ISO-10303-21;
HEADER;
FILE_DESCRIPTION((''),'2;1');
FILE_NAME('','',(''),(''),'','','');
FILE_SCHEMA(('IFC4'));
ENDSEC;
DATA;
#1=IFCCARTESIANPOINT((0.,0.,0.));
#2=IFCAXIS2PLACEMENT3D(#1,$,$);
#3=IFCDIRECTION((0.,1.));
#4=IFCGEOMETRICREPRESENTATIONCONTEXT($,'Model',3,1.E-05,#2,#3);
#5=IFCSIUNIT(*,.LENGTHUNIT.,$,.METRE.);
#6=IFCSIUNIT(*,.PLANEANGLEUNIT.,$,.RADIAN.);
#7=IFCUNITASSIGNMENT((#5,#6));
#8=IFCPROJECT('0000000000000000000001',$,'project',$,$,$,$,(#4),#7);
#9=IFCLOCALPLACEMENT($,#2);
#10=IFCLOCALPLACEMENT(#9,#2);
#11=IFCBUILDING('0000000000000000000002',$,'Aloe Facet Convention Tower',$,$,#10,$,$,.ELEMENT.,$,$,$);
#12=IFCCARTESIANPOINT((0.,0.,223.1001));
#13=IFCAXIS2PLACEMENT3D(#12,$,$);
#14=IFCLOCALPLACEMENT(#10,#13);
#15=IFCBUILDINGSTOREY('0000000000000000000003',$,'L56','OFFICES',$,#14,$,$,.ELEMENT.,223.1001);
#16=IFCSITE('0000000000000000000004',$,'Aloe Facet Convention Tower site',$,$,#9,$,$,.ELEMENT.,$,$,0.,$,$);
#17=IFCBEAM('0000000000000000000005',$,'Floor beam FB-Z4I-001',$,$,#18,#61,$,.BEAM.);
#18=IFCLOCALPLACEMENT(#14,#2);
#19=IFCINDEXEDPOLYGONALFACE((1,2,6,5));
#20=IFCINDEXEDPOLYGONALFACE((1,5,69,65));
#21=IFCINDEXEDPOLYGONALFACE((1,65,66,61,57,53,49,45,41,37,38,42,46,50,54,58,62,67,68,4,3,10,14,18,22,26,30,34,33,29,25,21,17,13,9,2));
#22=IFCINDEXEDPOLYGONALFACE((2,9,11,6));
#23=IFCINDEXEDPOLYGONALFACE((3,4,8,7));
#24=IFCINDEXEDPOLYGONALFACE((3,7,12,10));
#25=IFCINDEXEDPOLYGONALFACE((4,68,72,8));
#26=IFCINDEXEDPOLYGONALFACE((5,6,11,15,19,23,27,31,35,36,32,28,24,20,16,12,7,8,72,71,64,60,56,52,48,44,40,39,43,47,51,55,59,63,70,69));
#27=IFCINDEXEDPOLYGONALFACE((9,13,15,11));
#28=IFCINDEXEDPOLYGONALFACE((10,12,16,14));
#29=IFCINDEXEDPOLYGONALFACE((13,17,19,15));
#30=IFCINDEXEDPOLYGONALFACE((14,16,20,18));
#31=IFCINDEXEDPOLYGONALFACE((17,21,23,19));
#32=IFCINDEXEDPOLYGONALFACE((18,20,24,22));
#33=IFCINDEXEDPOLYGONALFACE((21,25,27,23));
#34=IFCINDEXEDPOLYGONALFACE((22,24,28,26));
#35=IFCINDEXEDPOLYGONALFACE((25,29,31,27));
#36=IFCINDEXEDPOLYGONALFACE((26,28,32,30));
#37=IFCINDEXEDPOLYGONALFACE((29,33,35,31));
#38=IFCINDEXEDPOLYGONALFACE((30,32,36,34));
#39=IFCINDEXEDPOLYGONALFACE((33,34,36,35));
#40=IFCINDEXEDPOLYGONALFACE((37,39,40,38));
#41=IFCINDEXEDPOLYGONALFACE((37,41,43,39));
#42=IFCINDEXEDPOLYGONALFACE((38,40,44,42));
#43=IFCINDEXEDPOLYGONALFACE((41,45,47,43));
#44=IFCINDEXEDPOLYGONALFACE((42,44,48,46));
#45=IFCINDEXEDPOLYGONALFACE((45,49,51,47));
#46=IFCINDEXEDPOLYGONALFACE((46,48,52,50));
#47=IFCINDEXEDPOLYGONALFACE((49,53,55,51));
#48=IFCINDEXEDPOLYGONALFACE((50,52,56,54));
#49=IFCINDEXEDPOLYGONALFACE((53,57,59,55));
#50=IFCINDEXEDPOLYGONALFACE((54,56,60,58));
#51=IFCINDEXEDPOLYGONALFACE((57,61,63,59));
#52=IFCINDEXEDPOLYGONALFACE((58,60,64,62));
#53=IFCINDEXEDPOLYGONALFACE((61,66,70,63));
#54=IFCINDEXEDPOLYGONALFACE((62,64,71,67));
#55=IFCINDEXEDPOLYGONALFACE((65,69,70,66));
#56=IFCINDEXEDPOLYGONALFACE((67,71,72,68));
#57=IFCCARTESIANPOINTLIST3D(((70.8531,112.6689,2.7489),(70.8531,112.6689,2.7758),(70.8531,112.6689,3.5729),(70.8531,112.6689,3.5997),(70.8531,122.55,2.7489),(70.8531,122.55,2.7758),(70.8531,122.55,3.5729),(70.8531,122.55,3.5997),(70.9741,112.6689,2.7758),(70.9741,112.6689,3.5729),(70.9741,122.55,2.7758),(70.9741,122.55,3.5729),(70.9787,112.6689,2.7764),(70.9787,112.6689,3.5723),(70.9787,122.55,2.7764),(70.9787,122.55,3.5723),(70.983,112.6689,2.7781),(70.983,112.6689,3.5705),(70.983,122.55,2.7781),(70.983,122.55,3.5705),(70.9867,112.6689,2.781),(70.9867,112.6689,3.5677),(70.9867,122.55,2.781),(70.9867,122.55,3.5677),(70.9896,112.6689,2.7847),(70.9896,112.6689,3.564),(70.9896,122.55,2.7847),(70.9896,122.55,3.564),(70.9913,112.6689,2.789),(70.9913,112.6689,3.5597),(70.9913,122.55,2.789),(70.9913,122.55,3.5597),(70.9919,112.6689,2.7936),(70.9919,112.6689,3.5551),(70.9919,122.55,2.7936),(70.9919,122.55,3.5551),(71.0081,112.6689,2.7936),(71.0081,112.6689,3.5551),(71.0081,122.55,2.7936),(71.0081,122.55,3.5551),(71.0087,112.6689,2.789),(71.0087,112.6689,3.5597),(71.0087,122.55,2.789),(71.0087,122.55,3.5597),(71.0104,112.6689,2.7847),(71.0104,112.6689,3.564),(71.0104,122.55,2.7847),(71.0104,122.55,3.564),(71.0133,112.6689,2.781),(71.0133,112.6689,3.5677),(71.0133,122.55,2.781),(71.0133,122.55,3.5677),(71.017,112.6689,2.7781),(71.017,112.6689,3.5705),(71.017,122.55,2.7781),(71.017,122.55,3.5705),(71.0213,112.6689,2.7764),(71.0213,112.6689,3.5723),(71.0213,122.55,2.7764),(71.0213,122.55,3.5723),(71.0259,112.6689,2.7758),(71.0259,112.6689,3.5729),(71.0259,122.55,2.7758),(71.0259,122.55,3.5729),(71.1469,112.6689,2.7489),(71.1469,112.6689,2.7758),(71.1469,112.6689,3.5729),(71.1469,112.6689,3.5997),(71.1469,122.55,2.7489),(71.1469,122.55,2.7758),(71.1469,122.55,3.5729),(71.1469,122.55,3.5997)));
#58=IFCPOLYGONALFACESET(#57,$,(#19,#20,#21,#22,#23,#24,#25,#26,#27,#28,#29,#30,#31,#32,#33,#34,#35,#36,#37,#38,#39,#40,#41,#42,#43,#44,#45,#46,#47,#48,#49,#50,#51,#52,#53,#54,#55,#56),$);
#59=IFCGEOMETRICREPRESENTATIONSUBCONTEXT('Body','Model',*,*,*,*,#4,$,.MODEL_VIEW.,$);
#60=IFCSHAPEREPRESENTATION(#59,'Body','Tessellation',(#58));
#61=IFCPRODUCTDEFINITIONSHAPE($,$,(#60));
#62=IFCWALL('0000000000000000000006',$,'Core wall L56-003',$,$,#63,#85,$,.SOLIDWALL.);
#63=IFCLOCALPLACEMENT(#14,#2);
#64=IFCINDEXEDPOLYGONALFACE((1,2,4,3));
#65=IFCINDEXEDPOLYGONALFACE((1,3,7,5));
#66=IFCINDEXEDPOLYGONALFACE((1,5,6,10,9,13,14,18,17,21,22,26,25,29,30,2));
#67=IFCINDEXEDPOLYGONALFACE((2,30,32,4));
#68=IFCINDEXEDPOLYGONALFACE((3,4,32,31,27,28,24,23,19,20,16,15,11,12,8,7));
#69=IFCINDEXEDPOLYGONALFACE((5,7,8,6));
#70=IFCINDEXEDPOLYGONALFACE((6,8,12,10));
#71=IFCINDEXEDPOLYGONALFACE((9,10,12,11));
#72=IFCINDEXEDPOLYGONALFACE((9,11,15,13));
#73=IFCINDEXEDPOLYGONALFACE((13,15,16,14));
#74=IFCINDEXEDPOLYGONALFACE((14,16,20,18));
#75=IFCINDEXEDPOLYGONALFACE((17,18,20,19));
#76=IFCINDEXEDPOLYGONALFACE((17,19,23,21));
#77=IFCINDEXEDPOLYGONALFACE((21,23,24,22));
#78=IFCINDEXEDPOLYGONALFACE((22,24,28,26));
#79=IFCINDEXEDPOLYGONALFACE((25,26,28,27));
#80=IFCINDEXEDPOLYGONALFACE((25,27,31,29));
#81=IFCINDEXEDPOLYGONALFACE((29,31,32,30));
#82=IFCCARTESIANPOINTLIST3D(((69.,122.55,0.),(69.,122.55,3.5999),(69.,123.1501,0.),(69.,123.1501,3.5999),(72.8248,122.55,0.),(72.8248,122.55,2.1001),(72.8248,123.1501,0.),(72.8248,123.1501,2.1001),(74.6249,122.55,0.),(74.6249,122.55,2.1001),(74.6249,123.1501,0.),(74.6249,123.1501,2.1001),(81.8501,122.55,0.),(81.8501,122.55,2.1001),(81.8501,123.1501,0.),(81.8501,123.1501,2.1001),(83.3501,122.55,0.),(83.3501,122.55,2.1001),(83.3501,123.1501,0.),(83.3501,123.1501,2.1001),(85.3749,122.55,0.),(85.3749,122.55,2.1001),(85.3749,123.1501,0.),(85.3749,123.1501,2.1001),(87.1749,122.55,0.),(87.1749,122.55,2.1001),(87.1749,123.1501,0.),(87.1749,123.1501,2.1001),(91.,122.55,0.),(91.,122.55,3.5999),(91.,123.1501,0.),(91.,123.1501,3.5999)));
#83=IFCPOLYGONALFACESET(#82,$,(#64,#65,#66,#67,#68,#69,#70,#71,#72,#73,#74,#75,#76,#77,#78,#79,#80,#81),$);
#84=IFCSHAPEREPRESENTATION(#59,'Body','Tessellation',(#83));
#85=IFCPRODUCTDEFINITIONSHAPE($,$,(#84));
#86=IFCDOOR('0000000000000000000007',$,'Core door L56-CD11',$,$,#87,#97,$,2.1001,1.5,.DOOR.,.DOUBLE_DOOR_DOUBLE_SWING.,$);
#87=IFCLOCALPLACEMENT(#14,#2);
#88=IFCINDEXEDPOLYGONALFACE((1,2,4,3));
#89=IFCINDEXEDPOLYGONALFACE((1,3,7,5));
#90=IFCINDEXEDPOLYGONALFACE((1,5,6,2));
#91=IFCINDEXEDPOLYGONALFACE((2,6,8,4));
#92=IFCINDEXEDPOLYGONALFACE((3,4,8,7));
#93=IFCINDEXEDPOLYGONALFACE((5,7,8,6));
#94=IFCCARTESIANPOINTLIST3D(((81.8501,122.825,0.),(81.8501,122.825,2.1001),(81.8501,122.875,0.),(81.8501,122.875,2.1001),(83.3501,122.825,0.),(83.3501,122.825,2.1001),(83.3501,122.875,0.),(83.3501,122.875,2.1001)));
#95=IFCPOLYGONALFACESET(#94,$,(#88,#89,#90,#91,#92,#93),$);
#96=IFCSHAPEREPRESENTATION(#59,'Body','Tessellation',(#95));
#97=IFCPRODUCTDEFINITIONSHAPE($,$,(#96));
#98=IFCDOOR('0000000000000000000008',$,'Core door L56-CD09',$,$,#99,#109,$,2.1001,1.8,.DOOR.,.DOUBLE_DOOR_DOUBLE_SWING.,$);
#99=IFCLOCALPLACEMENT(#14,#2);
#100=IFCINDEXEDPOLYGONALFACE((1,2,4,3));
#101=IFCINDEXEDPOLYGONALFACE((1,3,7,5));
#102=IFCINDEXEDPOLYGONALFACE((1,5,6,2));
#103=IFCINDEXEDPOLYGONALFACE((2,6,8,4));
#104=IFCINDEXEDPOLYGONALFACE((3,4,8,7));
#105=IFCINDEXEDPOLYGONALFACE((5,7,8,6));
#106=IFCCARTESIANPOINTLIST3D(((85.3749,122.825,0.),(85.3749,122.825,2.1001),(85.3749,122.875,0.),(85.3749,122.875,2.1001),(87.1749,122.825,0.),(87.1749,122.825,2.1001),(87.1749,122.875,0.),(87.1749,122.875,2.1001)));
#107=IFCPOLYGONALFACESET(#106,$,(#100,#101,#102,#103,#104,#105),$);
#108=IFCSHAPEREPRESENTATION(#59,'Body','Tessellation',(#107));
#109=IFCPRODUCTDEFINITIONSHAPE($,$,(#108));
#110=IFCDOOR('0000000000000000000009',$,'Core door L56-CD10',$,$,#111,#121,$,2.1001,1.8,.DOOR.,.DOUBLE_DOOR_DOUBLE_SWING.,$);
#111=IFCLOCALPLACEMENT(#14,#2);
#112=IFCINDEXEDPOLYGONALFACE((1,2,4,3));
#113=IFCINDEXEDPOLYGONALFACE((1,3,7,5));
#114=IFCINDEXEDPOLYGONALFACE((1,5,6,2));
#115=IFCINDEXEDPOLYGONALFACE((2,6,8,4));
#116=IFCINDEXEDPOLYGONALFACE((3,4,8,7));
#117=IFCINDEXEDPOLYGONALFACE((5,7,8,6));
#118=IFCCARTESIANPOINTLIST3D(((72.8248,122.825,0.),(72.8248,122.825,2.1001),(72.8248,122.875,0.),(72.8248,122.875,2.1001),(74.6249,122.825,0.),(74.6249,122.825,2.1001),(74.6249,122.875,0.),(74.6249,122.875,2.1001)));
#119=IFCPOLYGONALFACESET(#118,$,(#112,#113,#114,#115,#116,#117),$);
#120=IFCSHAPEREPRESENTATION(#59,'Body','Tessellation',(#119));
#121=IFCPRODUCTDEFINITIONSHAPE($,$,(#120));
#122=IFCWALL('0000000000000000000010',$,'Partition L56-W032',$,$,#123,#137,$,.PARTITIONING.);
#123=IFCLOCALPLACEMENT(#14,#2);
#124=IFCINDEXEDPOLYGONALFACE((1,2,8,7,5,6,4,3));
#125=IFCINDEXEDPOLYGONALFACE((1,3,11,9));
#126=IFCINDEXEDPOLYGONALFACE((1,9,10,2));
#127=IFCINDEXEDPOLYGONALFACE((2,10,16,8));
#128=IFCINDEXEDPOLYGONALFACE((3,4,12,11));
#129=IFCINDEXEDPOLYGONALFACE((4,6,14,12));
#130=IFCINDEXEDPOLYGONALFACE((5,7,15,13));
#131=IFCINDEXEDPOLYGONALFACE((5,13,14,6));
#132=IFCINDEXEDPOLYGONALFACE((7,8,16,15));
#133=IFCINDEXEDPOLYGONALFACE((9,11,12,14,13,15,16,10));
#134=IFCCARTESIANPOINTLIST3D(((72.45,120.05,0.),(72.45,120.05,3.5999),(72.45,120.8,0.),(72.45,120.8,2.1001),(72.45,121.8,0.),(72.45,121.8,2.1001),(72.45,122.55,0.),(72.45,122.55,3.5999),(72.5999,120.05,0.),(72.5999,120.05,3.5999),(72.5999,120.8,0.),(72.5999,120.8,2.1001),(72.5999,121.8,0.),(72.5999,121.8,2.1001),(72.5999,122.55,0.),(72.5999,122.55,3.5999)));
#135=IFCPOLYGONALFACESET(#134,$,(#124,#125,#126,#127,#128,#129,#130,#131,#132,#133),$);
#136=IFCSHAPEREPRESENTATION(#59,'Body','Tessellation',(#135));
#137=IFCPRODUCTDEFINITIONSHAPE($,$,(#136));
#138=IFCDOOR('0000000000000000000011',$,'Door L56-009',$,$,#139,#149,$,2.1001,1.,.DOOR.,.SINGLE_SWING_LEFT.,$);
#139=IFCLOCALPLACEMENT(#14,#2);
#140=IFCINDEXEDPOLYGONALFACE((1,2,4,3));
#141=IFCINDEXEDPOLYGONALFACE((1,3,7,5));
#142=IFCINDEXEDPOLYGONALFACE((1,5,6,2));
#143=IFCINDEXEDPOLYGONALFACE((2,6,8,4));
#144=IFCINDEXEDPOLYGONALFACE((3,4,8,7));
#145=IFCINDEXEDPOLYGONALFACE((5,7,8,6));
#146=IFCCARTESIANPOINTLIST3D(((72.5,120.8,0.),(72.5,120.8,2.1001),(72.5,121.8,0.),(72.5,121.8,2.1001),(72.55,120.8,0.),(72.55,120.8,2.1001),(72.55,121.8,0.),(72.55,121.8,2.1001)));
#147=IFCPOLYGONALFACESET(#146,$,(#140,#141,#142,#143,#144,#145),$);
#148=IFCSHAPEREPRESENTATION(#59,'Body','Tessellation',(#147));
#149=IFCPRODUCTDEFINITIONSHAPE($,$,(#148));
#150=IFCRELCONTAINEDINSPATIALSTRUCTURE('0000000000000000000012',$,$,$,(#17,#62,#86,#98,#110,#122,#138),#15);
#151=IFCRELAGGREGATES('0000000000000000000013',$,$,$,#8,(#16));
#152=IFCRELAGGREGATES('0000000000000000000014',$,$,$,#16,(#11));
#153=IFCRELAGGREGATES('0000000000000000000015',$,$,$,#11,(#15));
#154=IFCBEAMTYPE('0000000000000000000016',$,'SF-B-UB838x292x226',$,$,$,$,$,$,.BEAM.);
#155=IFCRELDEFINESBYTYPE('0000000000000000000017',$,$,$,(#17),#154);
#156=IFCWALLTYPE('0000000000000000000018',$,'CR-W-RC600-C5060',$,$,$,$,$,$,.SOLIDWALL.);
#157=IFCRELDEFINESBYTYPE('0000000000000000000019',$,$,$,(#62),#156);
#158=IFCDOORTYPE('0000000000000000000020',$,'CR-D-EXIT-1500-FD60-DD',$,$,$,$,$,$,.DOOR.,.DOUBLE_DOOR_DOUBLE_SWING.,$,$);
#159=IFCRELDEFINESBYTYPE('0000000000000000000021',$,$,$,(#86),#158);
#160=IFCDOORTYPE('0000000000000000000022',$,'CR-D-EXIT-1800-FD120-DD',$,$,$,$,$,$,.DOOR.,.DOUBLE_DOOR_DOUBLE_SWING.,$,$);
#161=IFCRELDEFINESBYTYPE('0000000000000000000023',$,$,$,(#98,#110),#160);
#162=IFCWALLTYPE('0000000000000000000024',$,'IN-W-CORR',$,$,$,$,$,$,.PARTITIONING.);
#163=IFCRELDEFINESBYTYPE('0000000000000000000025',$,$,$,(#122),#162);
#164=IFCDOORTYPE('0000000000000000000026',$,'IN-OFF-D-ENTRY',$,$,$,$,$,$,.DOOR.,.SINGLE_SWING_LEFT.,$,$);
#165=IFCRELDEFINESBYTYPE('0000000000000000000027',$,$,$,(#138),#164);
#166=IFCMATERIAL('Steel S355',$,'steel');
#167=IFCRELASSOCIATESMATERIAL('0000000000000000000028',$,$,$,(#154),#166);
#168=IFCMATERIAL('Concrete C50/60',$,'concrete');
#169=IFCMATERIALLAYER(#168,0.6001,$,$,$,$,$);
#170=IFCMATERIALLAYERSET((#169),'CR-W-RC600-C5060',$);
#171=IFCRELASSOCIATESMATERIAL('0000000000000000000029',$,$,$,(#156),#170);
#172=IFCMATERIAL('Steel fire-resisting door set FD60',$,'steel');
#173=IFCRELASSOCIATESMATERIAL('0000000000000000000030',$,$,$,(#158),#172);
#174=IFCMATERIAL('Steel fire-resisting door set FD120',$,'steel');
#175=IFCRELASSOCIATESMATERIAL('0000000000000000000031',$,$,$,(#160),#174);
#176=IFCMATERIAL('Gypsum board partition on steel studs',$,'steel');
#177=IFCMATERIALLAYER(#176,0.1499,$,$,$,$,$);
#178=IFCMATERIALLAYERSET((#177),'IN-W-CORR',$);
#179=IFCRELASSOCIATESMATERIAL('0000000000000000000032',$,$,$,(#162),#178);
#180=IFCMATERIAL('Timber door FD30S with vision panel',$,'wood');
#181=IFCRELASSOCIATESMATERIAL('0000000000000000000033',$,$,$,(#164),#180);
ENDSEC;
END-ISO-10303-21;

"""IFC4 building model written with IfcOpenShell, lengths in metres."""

from ifc_helpers import new_model, si_unit, direction, frame, frame_2d, origin, origin_2d, place, context, subcontext, project, spatial, rectangle, i_section, extrude, material, layer, layer_set, material_profile, profile_set, type_object, element, fill, save


model = new_model("IFC4")

# Units and contexts
model_context = context("Model", 3, precision=1e-05, world=origin(), true_north=direction((0.0, 1.0)))
body_context = subcontext(model_context, "Body", "Model", "MODEL_VIEW")
ifc_project = project(units=[si_unit("LENGTHUNIT", "METRE"), si_unit("PLANEANGLEUNIT", "RADIAN")], contexts=[model_context])

# Site, building, storey
site_placement = place(None, origin())
site = spatial("IfcSite", under=ifc_project, at=site_placement, Name="Aloe Facet Convention Tower site", CompositionType="ELEMENT", RefElevation=0.0)
building_placement = place(site_placement, origin())
building = spatial("IfcBuilding", under=site, at=building_placement, Name="Aloe Facet Convention Tower", CompositionType="ELEMENT")
storey_placement = place(building_placement, frame((0.0, 0.0, 223.1001)))
storey = spatial("IfcBuildingStorey", under=building, at=storey_placement, Name="L56", Description="OFFICES", CompositionType="ELEMENT", Elevation=223.1001)

# Beam
ifc_material_1 = material(Name="Steel S355", Category="steel")
ifc_material_profile_1 = material_profile(ifc_material_1, i_section(OverallWidth=0.2937, OverallDepth=0.8508, WebThickness=0.0161, FlangeThickness=0.0269, FilletRadius=0.0178, at=origin_2d()), Name="UB 838x292x226")
ifc_profile_set_1 = profile_set([ifc_material_profile_1], Name="Steel S355")
beam_type_1 = type_object("IfcBeamType", Name="SF-B-UB838x292x226", PredefinedType="BEAM", material=ifc_profile_set_1)
beam_1_placement = place(storey_placement, frame((71.0, 122.55, 3.1743), z_axis=(0.0, -1.0, 0.0), x_axis=(1.0, 0.0, 0.0)))
element("IfcBeam", 1, at=beam_1_placement, inside=storey, type_object=beam_type_1, Name="Floor beam FB-Z4I-001", PredefinedType="BEAM", context=body_context, shape_type="SweptSolid", body=[
    extrude(i_section(OverallWidth=0.2937, OverallDepth=0.8508, WebThickness=0.0161, FlangeThickness=0.0269, FilletRadius=0.0178, at=origin_2d()), origin(), (0.0, 0.0, 1.0), 9.8811),
])

# Wall, openings, doors
ifc_material_2 = material(Name="Concrete C50/60", Category="concrete")
ifc_layer_1 = layer(ifc_material_2, 0.6001)
ifc_layer_set_1 = layer_set([ifc_layer_1], Name="CR-W-RC600-C5060")
wall_type_1 = type_object("IfcWallType", Name="CR-W-RC600-C5060", PredefinedType="SOLIDWALL", material=ifc_layer_set_1)
wall_1_placement = place(storey_placement, frame((69.0, 122.8501, 0.0), z_axis=(0.0, 0.0, 1.0), x_axis=(1.0, 0.0, 0.0)))
wall_1 = element("IfcWall", 2, at=wall_1_placement, inside=storey, type_object=wall_type_1, Name="Core wall L56-003", PredefinedType="SOLIDWALL", context=body_context, shape_type="SweptSolid", body=[
    extrude(rectangle(XDim=22.0, YDim=0.6001, at=frame_2d((11.0, 0.0))), origin(), (0.0, 0.0, 1.0), 3.5999),
])
opening_1_placement = place(wall_1_placement, frame((16.375, 0.0, 0.0)))
opening_1 = element("IfcOpeningElement", 3, at=opening_1_placement, cuts=wall_1, PredefinedType="OPENING", context=body_context, shape_type="SweptSolid", body=[
    extrude(rectangle(XDim=1.8, YDim=2.1001, at=frame_2d((0.8999, 1.05))), frame((0.0, 0.3101, 0.0), z_axis=(0.0, -1.0, 0.0), x_axis=(1.0, 0.0, 0.0)), (0.0, 0.0, 1.0), 0.6201),
])
opening_2_placement = place(wall_1_placement, frame((3.825, 0.0, 0.0)))
opening_2 = element("IfcOpeningElement", 4, at=opening_2_placement, cuts=wall_1, PredefinedType="OPENING", context=body_context, shape_type="SweptSolid", body=[
    extrude(rectangle(XDim=1.8, YDim=2.1001, at=frame_2d((0.8999, 1.05))), frame((0.0, 0.3101, 0.0), z_axis=(0.0, -1.0, 0.0), x_axis=(1.0, 0.0, 0.0)), (0.0, 0.0, 1.0), 0.6201),
])
opening_3_placement = place(wall_1_placement, frame((12.8501, 0.0, 0.0)))
opening_3 = element("IfcOpeningElement", 5, at=opening_3_placement, cuts=wall_1, PredefinedType="OPENING", context=body_context, shape_type="SweptSolid", body=[
    extrude(rectangle(XDim=1.5, YDim=2.1001, at=frame_2d((0.75, 1.05))), frame((0.0, 0.3101, 0.0), z_axis=(0.0, -1.0, 0.0), x_axis=(1.0, 0.0, 0.0)), (0.0, 0.0, 1.0), 0.6201),
])
ifc_material_3 = material(Name="Steel fire-resisting door set FD60", Category="steel")
door_type_1 = type_object("IfcDoorType", Name="CR-D-EXIT-1500-FD60-DD", OperationType="DOUBLE_DOOR_DOUBLE_SWING", PredefinedType="DOOR", material=ifc_material_3)
door_1_placement = place(opening_3_placement, origin())
door_1 = element("IfcDoor", 6, at=door_1_placement, inside=storey, type_object=door_type_1, Name="Core door L56-CD11", OperationType="DOUBLE_DOOR_DOUBLE_SWING", OverallHeight=2.1001, OverallWidth=1.5, PredefinedType="DOOR", context=body_context, shape_type="SweptSolid", body=[
    extrude(rectangle(XDim=1.5, YDim=2.1001, at=frame_2d((0.75, 1.05))), frame((0.0, 0.0249, 0.0), z_axis=(0.0, -1.0, 0.0), x_axis=(1.0, 0.0, 0.0)), (0.0, 0.0, 1.0), 0.05),
])
fill(opening_3, door_1)
ifc_material_4 = material(Name="Steel fire-resisting door set FD120", Category="steel")
door_type_2 = type_object("IfcDoorType", Name="CR-D-EXIT-1800-FD120-DD", OperationType="DOUBLE_DOOR_DOUBLE_SWING", PredefinedType="DOOR", material=ifc_material_4)
door_2_placement = place(opening_1_placement, origin())
door_2 = element("IfcDoor", 7, at=door_2_placement, inside=storey, type_object=door_type_2, Name="Core door L56-CD09", OperationType="DOUBLE_DOOR_DOUBLE_SWING", OverallHeight=2.1001, OverallWidth=1.8, PredefinedType="DOOR", context=body_context, shape_type="SweptSolid", body=[
    extrude(rectangle(XDim=1.8, YDim=2.1001, at=frame_2d((0.8999, 1.05))), frame((0.0, 0.0249, 0.0), z_axis=(0.0, -1.0, 0.0), x_axis=(1.0, 0.0, 0.0)), (0.0, 0.0, 1.0), 0.05),
])
fill(opening_1, door_2)
door_3_placement = place(opening_2_placement, origin())
door_3 = element("IfcDoor", 8, at=door_3_placement, inside=storey, type_object=door_type_2, Name="Core door L56-CD10", OperationType="DOUBLE_DOOR_DOUBLE_SWING", OverallHeight=2.1001, OverallWidth=1.8, PredefinedType="DOOR", context=body_context, shape_type="SweptSolid", body=[
    extrude(rectangle(XDim=1.8, YDim=2.1001, at=frame_2d((0.8999, 1.05))), frame((0.0, 0.0249, 0.0), z_axis=(0.0, -1.0, 0.0), x_axis=(1.0, 0.0, 0.0)), (0.0, 0.0, 1.0), 0.05),
])
fill(opening_2, door_3)

# Wall, opening, door
ifc_material_5 = material(Name="Gypsum board partition on steel studs", Category="steel")
ifc_layer_2 = layer(ifc_material_5, 0.1499)
ifc_layer_set_2 = layer_set([ifc_layer_2], Name="IN-W-CORR")
wall_type_2 = type_object("IfcWallType", Name="IN-W-CORR", PredefinedType="PARTITIONING", material=ifc_layer_set_2)
wall_2_placement = place(storey_placement, frame((72.5249, 120.05, 0.0), z_axis=(0.0, 0.0, 1.0), x_axis=(0.0, 1.0, 0.0)))
wall_2 = element("IfcWall", 9, at=wall_2_placement, inside=storey, type_object=wall_type_2, Name="Partition L56-W032", PredefinedType="PARTITIONING", context=body_context, shape_type="SweptSolid", body=[
    extrude(rectangle(XDim=2.5, YDim=0.1499, at=frame_2d((1.25, 0.0))), origin(), (0.0, 0.0, 1.0), 3.5999),
])
opening_4_placement = place(wall_2_placement, frame((0.75, 0.0, 0.0)))
opening_4 = element("IfcOpeningElement", 10, at=opening_4_placement, cuts=wall_2, PredefinedType="OPENING", context=body_context, shape_type="SweptSolid", body=[
    extrude(rectangle(XDim=1.0, YDim=2.1001, at=frame_2d((0.5, 1.05))), frame((0.0, 0.085, 0.0), z_axis=(0.0, -1.0, 0.0), x_axis=(1.0, 0.0, 0.0)), (0.0, 0.0, 1.0), 0.1699),
])
ifc_material_6 = material(Name="Timber door FD30S with vision panel", Category="wood")
door_type_3 = type_object("IfcDoorType", Name="IN-OFF-D-ENTRY", OperationType="SINGLE_SWING_LEFT", PredefinedType="DOOR", material=ifc_material_6)
door_4_placement = place(opening_4_placement, origin())
door_4 = element("IfcDoor", 11, at=door_4_placement, inside=storey, type_object=door_type_3, Name="Door L56-009", OperationType="SINGLE_SWING_LEFT", OverallHeight=2.1001, OverallWidth=1.0, PredefinedType="DOOR", context=body_context, shape_type="SweptSolid", body=[
    extrude(rectangle(XDim=1.0, YDim=2.1001, at=frame_2d((0.5, 1.05))), frame((0.0, 0.0249, 0.0), z_axis=(0.0, -1.0, 0.0), x_axis=(1.0, 0.0, 0.0)), (0.0, 0.0, 1.0), 0.05),
])
fill(opening_4, door_4)

save(model, "model.ifc")
